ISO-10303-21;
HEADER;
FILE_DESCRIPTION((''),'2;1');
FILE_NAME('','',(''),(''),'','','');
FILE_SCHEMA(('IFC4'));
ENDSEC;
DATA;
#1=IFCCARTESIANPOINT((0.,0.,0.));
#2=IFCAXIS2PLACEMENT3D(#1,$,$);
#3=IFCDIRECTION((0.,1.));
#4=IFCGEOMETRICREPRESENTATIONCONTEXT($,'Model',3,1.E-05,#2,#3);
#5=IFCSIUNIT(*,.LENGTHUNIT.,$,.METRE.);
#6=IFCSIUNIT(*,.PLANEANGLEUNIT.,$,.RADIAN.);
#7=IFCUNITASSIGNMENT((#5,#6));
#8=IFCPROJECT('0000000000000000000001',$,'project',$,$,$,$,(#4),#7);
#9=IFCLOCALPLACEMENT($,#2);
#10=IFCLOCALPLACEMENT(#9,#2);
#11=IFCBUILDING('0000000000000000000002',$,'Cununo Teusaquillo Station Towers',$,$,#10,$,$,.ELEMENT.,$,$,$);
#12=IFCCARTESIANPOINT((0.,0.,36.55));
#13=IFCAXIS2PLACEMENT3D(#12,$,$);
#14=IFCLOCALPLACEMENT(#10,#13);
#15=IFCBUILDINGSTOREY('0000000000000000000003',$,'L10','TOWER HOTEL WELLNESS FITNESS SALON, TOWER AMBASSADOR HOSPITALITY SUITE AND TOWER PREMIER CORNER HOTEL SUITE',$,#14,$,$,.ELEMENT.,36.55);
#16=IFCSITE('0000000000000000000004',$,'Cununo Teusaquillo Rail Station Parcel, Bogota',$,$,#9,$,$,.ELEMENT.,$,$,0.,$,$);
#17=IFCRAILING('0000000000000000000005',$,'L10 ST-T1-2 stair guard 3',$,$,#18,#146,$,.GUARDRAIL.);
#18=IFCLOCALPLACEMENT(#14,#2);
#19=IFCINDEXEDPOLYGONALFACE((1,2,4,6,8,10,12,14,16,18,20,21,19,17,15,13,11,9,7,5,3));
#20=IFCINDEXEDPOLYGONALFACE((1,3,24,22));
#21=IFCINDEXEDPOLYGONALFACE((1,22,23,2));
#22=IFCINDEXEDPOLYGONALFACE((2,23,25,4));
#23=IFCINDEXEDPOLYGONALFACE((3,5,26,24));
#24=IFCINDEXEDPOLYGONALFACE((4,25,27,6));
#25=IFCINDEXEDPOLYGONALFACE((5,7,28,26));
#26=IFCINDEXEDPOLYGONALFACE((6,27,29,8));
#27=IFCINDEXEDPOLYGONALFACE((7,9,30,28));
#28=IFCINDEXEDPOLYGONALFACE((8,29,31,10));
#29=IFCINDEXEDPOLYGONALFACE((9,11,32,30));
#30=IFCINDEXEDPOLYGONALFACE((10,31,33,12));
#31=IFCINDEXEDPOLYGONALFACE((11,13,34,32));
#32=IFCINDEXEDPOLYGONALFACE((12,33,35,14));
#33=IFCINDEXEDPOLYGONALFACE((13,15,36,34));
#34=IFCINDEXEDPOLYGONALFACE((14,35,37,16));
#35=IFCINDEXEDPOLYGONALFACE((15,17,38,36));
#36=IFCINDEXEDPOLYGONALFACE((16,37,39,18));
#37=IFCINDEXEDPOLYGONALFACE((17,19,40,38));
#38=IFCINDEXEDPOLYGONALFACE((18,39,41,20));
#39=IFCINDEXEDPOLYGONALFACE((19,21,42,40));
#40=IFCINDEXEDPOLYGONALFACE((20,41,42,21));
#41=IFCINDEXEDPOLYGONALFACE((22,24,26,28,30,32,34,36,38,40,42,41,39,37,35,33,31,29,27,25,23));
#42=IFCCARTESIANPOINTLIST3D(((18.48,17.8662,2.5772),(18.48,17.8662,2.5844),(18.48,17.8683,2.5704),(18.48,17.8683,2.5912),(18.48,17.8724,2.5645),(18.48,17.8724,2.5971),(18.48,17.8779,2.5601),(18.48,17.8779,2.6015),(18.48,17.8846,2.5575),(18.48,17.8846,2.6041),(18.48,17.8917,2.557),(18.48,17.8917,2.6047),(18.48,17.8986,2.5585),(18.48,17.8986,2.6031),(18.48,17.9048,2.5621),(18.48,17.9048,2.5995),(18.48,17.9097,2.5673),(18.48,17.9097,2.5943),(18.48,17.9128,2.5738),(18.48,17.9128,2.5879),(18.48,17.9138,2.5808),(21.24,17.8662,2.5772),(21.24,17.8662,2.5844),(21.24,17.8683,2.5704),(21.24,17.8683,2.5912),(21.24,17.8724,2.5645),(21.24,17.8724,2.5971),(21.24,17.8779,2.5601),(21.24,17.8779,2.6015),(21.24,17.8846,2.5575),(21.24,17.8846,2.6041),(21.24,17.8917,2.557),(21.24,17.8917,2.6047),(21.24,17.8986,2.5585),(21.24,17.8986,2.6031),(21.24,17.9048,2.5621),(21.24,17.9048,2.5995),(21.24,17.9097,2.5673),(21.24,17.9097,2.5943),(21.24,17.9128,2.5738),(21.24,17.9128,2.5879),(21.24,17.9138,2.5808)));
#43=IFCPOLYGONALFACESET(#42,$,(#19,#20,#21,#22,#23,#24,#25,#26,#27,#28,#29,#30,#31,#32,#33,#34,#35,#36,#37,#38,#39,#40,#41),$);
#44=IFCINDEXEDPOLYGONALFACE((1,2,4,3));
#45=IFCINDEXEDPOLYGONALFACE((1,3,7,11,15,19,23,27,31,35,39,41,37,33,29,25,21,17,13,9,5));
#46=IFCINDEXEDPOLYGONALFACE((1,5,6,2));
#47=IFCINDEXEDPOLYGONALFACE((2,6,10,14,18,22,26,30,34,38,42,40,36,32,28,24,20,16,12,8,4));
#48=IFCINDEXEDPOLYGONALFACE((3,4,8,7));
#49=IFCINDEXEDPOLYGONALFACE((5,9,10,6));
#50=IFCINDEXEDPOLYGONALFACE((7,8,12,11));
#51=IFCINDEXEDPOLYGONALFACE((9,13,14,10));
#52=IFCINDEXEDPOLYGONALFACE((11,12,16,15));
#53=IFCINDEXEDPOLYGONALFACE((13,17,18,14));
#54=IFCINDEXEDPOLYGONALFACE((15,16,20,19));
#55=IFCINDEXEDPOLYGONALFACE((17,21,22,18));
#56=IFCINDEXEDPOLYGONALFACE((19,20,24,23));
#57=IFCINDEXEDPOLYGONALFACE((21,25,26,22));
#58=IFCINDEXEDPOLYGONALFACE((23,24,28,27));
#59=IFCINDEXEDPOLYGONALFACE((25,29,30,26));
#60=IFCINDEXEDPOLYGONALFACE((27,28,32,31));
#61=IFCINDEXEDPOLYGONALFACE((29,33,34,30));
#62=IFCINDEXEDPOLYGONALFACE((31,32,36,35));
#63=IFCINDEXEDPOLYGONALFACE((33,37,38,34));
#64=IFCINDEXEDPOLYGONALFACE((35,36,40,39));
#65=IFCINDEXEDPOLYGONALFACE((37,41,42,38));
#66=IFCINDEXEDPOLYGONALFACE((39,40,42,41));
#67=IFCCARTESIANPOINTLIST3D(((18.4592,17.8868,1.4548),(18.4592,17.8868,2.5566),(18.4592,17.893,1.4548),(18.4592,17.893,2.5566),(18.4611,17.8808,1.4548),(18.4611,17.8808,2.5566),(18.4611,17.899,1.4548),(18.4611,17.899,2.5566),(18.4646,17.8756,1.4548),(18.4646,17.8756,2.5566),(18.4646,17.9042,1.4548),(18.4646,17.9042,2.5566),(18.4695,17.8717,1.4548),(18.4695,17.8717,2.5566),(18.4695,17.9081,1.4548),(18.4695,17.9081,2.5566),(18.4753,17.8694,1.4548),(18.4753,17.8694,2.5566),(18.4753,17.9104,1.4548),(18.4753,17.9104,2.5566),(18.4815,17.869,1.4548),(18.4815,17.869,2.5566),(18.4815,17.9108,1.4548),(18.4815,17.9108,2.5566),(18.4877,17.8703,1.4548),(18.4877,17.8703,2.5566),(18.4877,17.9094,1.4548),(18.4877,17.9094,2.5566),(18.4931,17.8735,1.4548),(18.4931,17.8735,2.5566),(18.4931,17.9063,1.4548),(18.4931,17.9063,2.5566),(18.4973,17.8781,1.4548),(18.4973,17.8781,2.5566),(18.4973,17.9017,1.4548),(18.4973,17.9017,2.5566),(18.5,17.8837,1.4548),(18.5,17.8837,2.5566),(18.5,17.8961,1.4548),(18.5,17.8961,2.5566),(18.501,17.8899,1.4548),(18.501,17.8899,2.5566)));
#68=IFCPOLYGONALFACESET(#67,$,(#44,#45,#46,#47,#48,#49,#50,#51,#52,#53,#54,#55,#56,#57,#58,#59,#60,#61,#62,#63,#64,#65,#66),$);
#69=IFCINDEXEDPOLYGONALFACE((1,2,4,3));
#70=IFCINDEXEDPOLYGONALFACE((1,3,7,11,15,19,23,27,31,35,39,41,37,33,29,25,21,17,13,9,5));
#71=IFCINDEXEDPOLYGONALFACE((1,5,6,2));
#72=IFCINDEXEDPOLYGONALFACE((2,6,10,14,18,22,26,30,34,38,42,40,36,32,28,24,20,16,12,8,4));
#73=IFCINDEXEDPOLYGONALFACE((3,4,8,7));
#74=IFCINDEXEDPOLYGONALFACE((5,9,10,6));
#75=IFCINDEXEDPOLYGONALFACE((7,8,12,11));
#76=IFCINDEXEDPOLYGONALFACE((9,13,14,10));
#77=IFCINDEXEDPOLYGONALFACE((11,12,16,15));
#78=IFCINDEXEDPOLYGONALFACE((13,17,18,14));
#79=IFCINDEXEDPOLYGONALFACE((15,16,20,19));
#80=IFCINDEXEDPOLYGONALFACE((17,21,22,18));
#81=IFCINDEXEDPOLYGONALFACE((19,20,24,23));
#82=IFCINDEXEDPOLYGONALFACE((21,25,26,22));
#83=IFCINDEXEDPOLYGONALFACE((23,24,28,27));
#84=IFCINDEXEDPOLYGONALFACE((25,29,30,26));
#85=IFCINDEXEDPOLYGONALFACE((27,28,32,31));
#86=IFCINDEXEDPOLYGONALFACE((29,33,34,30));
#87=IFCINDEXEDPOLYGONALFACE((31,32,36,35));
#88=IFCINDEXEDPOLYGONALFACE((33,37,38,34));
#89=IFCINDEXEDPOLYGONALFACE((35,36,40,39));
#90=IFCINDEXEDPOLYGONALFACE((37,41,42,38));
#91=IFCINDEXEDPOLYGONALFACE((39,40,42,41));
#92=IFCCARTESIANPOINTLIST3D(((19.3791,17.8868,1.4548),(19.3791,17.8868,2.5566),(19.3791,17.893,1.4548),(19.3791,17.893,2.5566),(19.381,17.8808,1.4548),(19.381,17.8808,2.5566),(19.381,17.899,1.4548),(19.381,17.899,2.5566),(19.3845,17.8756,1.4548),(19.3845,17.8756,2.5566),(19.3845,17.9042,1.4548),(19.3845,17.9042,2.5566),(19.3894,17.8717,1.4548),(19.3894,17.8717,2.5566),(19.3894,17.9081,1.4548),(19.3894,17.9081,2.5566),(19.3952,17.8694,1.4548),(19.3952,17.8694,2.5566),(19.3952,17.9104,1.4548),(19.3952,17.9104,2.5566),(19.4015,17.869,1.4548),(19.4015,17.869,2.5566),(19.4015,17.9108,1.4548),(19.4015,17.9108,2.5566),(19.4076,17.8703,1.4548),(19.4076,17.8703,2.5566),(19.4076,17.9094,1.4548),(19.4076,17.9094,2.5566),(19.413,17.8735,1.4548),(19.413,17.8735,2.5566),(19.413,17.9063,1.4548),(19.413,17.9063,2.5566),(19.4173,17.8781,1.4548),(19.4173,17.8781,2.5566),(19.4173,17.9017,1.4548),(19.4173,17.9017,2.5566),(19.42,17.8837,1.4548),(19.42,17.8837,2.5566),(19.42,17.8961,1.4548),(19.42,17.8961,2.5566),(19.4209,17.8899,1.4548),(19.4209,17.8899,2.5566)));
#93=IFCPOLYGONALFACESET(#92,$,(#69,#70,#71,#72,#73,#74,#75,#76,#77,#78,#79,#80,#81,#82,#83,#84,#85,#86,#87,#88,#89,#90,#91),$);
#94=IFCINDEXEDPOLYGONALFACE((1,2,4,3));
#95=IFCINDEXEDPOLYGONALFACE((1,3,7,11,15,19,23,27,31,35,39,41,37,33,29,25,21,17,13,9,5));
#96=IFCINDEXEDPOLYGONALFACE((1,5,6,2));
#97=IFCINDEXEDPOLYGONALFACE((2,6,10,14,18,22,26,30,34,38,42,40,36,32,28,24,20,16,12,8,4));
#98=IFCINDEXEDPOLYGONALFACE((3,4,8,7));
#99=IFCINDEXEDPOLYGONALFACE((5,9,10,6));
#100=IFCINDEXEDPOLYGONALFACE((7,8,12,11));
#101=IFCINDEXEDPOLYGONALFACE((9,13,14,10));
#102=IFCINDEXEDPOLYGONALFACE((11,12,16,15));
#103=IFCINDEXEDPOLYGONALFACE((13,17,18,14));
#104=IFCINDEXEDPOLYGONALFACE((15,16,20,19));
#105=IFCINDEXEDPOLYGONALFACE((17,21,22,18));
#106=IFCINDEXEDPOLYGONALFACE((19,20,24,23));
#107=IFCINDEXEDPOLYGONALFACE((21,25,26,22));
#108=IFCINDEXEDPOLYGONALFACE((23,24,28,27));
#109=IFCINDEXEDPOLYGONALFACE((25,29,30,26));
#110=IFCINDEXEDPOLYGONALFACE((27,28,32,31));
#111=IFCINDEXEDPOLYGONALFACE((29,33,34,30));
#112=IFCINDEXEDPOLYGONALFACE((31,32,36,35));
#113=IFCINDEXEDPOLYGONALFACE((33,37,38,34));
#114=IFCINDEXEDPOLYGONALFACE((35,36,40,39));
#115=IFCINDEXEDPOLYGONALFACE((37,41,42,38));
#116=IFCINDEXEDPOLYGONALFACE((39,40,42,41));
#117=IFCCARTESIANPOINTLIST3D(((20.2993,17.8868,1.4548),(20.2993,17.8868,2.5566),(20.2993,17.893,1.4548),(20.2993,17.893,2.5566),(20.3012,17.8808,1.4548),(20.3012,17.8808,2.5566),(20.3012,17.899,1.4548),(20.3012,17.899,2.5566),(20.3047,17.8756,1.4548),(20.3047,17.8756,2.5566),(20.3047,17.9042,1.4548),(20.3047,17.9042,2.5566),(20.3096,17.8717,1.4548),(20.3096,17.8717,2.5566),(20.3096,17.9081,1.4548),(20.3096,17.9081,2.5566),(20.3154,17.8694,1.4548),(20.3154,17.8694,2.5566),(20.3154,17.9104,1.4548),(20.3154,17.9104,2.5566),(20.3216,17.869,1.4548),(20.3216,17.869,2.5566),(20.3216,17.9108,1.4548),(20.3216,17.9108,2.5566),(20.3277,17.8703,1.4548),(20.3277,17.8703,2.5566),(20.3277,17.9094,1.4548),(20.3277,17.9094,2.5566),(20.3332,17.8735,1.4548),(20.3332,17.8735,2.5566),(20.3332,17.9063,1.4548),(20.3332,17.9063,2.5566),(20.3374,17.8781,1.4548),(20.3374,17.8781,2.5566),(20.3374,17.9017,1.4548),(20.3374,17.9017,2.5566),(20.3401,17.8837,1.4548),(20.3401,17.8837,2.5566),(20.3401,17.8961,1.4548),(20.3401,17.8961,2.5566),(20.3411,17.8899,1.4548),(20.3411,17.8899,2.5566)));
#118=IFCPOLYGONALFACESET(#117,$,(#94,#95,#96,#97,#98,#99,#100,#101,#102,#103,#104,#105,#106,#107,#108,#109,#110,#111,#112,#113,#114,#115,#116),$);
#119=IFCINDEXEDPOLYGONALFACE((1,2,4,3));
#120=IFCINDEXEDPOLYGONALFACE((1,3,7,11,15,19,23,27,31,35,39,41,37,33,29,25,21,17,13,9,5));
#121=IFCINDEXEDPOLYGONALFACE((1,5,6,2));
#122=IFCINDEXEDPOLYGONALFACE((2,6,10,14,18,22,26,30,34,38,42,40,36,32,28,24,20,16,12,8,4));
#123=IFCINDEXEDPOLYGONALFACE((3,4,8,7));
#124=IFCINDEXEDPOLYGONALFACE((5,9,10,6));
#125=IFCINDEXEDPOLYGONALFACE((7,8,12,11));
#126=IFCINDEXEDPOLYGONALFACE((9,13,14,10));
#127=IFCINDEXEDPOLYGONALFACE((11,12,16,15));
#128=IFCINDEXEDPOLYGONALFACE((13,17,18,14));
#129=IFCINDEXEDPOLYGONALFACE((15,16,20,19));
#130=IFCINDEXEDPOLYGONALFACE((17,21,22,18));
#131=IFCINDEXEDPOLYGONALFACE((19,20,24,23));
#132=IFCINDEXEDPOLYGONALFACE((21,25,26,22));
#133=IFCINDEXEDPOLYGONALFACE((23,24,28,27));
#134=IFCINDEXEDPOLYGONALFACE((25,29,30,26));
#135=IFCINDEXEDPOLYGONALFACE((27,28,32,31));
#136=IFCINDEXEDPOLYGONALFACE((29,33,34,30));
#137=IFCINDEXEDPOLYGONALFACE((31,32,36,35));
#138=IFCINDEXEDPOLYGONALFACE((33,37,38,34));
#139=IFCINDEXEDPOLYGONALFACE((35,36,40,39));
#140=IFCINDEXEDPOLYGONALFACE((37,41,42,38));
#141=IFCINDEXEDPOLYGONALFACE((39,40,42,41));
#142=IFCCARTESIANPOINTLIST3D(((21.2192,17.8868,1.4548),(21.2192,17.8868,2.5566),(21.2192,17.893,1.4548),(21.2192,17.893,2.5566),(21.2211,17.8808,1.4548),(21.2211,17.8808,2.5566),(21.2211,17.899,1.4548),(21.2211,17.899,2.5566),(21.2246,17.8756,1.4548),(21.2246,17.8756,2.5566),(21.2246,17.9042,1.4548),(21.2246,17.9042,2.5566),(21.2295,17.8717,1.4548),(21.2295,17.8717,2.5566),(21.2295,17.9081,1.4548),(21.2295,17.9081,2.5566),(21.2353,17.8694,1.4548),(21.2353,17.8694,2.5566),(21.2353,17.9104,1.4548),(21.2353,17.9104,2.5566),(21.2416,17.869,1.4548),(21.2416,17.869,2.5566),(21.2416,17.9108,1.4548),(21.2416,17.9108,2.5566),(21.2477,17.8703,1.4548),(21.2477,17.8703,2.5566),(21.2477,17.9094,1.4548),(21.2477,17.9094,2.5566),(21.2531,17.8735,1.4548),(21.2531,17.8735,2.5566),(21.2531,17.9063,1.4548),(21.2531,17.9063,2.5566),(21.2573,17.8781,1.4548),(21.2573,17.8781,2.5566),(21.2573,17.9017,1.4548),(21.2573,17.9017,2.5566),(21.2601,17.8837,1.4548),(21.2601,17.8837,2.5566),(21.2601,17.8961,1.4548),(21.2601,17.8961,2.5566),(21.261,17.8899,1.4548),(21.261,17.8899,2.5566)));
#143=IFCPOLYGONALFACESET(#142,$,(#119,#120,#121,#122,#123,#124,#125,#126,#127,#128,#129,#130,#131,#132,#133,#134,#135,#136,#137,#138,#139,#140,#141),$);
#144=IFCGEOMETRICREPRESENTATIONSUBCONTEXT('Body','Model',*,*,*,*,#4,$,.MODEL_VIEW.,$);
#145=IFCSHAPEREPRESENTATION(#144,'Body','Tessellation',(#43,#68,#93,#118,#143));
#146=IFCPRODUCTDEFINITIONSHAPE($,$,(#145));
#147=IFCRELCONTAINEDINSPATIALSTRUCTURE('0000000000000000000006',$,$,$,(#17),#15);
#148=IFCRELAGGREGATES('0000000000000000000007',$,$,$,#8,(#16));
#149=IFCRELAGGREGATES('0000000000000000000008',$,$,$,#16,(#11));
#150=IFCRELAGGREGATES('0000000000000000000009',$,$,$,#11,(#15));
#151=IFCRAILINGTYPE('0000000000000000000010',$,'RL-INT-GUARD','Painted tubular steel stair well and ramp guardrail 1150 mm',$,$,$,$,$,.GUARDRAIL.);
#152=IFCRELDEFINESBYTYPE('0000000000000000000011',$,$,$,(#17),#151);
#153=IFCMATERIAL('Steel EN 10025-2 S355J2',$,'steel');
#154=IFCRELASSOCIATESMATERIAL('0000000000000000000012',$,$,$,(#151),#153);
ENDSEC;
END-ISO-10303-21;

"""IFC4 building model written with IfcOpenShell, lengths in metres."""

from ifc_helpers import new_model, si_unit, direction, frame, origin, origin_2d, place, context, subcontext, project, spatial, circle, extrude, material, type_object, element, save


model = new_model("IFC4")

# Units and contexts
model_context = context("Model", 3, precision=1e-05, world=origin(), true_north=direction((0.0, 1.0)))
body_context = subcontext(model_context, "Body", "Model", "MODEL_VIEW")
ifc_project = project(units=[si_unit("LENGTHUNIT", "METRE"), si_unit("PLANEANGLEUNIT", "RADIAN")], contexts=[model_context])

# Site, building, storey
site_placement = place(None, origin())
site = spatial("IfcSite", under=ifc_project, at=site_placement, Name="Cununo Teusaquillo Rail Station Parcel, Bogota", CompositionType="ELEMENT", RefElevation=0.0)
building_placement = place(site_placement, origin())
building = spatial("IfcBuilding", under=site, at=building_placement, Name="Cununo Teusaquillo Station Towers", CompositionType="ELEMENT")
storey_placement = place(building_placement, frame((0.0, 0.0, 36.55)))
storey = spatial("IfcBuildingStorey", under=building, at=storey_placement, Name="L10", Description="TOWER HOTEL WELLNESS FITNESS SALON, TOWER AMBASSADOR HOSPITALITY SUITE AND TOWER PREMIER CORNER HOTEL SUITE", CompositionType="ELEMENT", Elevation=36.55)

# Railing
ifc_material_1 = material(Name="Steel EN 10025-2 S355J2", Category="steel")
railing_type_1 = type_object("IfcRailingType", Name="RL-INT-GUARD", Description="Painted tubular steel stair well and ramp guardrail 1150 mm", PredefinedType="GUARDRAIL", material=ifc_material_1)
railing_1_placement = place(storey_placement, frame((18.48, 17.8899, 1.4548)))
element("IfcRailing", 1, at=railing_1_placement, inside=storey, type_object=railing_type_1, Name="L10 ST-T1-2 stair guard 3", PredefinedType="GUARDRAIL", context=body_context, shape_type="SweptSolid", body=[
    extrude(circle(Radius=0.0239, at=origin_2d()), frame((0.0, 0.0, 1.126), z_axis=(1.0, 0.0, 0.0), x_axis=(0.0, 1.0, 0.0)), (0.0, 0.0, 1.0), 2.76),
    extrude(circle(Radius=0.021, at=origin_2d()), origin(), (0.0, 0.0, 1.0), 1.1018),
    extrude(circle(Radius=0.021, at=origin_2d()), frame((0.9199, 0.0, 0.0)), (0.0, 0.0, 1.0), 1.1018),
    extrude(circle(Radius=0.021, at=origin_2d()), frame((1.8401, 0.0, 0.0)), (0.0, 0.0, 1.0), 1.1018),
    extrude(circle(Radius=0.021, at=origin_2d()), frame((2.76, 0.0, 0.0)), (0.0, 0.0, 1.0), 1.1018),
])

save(model, "model.ifc")
